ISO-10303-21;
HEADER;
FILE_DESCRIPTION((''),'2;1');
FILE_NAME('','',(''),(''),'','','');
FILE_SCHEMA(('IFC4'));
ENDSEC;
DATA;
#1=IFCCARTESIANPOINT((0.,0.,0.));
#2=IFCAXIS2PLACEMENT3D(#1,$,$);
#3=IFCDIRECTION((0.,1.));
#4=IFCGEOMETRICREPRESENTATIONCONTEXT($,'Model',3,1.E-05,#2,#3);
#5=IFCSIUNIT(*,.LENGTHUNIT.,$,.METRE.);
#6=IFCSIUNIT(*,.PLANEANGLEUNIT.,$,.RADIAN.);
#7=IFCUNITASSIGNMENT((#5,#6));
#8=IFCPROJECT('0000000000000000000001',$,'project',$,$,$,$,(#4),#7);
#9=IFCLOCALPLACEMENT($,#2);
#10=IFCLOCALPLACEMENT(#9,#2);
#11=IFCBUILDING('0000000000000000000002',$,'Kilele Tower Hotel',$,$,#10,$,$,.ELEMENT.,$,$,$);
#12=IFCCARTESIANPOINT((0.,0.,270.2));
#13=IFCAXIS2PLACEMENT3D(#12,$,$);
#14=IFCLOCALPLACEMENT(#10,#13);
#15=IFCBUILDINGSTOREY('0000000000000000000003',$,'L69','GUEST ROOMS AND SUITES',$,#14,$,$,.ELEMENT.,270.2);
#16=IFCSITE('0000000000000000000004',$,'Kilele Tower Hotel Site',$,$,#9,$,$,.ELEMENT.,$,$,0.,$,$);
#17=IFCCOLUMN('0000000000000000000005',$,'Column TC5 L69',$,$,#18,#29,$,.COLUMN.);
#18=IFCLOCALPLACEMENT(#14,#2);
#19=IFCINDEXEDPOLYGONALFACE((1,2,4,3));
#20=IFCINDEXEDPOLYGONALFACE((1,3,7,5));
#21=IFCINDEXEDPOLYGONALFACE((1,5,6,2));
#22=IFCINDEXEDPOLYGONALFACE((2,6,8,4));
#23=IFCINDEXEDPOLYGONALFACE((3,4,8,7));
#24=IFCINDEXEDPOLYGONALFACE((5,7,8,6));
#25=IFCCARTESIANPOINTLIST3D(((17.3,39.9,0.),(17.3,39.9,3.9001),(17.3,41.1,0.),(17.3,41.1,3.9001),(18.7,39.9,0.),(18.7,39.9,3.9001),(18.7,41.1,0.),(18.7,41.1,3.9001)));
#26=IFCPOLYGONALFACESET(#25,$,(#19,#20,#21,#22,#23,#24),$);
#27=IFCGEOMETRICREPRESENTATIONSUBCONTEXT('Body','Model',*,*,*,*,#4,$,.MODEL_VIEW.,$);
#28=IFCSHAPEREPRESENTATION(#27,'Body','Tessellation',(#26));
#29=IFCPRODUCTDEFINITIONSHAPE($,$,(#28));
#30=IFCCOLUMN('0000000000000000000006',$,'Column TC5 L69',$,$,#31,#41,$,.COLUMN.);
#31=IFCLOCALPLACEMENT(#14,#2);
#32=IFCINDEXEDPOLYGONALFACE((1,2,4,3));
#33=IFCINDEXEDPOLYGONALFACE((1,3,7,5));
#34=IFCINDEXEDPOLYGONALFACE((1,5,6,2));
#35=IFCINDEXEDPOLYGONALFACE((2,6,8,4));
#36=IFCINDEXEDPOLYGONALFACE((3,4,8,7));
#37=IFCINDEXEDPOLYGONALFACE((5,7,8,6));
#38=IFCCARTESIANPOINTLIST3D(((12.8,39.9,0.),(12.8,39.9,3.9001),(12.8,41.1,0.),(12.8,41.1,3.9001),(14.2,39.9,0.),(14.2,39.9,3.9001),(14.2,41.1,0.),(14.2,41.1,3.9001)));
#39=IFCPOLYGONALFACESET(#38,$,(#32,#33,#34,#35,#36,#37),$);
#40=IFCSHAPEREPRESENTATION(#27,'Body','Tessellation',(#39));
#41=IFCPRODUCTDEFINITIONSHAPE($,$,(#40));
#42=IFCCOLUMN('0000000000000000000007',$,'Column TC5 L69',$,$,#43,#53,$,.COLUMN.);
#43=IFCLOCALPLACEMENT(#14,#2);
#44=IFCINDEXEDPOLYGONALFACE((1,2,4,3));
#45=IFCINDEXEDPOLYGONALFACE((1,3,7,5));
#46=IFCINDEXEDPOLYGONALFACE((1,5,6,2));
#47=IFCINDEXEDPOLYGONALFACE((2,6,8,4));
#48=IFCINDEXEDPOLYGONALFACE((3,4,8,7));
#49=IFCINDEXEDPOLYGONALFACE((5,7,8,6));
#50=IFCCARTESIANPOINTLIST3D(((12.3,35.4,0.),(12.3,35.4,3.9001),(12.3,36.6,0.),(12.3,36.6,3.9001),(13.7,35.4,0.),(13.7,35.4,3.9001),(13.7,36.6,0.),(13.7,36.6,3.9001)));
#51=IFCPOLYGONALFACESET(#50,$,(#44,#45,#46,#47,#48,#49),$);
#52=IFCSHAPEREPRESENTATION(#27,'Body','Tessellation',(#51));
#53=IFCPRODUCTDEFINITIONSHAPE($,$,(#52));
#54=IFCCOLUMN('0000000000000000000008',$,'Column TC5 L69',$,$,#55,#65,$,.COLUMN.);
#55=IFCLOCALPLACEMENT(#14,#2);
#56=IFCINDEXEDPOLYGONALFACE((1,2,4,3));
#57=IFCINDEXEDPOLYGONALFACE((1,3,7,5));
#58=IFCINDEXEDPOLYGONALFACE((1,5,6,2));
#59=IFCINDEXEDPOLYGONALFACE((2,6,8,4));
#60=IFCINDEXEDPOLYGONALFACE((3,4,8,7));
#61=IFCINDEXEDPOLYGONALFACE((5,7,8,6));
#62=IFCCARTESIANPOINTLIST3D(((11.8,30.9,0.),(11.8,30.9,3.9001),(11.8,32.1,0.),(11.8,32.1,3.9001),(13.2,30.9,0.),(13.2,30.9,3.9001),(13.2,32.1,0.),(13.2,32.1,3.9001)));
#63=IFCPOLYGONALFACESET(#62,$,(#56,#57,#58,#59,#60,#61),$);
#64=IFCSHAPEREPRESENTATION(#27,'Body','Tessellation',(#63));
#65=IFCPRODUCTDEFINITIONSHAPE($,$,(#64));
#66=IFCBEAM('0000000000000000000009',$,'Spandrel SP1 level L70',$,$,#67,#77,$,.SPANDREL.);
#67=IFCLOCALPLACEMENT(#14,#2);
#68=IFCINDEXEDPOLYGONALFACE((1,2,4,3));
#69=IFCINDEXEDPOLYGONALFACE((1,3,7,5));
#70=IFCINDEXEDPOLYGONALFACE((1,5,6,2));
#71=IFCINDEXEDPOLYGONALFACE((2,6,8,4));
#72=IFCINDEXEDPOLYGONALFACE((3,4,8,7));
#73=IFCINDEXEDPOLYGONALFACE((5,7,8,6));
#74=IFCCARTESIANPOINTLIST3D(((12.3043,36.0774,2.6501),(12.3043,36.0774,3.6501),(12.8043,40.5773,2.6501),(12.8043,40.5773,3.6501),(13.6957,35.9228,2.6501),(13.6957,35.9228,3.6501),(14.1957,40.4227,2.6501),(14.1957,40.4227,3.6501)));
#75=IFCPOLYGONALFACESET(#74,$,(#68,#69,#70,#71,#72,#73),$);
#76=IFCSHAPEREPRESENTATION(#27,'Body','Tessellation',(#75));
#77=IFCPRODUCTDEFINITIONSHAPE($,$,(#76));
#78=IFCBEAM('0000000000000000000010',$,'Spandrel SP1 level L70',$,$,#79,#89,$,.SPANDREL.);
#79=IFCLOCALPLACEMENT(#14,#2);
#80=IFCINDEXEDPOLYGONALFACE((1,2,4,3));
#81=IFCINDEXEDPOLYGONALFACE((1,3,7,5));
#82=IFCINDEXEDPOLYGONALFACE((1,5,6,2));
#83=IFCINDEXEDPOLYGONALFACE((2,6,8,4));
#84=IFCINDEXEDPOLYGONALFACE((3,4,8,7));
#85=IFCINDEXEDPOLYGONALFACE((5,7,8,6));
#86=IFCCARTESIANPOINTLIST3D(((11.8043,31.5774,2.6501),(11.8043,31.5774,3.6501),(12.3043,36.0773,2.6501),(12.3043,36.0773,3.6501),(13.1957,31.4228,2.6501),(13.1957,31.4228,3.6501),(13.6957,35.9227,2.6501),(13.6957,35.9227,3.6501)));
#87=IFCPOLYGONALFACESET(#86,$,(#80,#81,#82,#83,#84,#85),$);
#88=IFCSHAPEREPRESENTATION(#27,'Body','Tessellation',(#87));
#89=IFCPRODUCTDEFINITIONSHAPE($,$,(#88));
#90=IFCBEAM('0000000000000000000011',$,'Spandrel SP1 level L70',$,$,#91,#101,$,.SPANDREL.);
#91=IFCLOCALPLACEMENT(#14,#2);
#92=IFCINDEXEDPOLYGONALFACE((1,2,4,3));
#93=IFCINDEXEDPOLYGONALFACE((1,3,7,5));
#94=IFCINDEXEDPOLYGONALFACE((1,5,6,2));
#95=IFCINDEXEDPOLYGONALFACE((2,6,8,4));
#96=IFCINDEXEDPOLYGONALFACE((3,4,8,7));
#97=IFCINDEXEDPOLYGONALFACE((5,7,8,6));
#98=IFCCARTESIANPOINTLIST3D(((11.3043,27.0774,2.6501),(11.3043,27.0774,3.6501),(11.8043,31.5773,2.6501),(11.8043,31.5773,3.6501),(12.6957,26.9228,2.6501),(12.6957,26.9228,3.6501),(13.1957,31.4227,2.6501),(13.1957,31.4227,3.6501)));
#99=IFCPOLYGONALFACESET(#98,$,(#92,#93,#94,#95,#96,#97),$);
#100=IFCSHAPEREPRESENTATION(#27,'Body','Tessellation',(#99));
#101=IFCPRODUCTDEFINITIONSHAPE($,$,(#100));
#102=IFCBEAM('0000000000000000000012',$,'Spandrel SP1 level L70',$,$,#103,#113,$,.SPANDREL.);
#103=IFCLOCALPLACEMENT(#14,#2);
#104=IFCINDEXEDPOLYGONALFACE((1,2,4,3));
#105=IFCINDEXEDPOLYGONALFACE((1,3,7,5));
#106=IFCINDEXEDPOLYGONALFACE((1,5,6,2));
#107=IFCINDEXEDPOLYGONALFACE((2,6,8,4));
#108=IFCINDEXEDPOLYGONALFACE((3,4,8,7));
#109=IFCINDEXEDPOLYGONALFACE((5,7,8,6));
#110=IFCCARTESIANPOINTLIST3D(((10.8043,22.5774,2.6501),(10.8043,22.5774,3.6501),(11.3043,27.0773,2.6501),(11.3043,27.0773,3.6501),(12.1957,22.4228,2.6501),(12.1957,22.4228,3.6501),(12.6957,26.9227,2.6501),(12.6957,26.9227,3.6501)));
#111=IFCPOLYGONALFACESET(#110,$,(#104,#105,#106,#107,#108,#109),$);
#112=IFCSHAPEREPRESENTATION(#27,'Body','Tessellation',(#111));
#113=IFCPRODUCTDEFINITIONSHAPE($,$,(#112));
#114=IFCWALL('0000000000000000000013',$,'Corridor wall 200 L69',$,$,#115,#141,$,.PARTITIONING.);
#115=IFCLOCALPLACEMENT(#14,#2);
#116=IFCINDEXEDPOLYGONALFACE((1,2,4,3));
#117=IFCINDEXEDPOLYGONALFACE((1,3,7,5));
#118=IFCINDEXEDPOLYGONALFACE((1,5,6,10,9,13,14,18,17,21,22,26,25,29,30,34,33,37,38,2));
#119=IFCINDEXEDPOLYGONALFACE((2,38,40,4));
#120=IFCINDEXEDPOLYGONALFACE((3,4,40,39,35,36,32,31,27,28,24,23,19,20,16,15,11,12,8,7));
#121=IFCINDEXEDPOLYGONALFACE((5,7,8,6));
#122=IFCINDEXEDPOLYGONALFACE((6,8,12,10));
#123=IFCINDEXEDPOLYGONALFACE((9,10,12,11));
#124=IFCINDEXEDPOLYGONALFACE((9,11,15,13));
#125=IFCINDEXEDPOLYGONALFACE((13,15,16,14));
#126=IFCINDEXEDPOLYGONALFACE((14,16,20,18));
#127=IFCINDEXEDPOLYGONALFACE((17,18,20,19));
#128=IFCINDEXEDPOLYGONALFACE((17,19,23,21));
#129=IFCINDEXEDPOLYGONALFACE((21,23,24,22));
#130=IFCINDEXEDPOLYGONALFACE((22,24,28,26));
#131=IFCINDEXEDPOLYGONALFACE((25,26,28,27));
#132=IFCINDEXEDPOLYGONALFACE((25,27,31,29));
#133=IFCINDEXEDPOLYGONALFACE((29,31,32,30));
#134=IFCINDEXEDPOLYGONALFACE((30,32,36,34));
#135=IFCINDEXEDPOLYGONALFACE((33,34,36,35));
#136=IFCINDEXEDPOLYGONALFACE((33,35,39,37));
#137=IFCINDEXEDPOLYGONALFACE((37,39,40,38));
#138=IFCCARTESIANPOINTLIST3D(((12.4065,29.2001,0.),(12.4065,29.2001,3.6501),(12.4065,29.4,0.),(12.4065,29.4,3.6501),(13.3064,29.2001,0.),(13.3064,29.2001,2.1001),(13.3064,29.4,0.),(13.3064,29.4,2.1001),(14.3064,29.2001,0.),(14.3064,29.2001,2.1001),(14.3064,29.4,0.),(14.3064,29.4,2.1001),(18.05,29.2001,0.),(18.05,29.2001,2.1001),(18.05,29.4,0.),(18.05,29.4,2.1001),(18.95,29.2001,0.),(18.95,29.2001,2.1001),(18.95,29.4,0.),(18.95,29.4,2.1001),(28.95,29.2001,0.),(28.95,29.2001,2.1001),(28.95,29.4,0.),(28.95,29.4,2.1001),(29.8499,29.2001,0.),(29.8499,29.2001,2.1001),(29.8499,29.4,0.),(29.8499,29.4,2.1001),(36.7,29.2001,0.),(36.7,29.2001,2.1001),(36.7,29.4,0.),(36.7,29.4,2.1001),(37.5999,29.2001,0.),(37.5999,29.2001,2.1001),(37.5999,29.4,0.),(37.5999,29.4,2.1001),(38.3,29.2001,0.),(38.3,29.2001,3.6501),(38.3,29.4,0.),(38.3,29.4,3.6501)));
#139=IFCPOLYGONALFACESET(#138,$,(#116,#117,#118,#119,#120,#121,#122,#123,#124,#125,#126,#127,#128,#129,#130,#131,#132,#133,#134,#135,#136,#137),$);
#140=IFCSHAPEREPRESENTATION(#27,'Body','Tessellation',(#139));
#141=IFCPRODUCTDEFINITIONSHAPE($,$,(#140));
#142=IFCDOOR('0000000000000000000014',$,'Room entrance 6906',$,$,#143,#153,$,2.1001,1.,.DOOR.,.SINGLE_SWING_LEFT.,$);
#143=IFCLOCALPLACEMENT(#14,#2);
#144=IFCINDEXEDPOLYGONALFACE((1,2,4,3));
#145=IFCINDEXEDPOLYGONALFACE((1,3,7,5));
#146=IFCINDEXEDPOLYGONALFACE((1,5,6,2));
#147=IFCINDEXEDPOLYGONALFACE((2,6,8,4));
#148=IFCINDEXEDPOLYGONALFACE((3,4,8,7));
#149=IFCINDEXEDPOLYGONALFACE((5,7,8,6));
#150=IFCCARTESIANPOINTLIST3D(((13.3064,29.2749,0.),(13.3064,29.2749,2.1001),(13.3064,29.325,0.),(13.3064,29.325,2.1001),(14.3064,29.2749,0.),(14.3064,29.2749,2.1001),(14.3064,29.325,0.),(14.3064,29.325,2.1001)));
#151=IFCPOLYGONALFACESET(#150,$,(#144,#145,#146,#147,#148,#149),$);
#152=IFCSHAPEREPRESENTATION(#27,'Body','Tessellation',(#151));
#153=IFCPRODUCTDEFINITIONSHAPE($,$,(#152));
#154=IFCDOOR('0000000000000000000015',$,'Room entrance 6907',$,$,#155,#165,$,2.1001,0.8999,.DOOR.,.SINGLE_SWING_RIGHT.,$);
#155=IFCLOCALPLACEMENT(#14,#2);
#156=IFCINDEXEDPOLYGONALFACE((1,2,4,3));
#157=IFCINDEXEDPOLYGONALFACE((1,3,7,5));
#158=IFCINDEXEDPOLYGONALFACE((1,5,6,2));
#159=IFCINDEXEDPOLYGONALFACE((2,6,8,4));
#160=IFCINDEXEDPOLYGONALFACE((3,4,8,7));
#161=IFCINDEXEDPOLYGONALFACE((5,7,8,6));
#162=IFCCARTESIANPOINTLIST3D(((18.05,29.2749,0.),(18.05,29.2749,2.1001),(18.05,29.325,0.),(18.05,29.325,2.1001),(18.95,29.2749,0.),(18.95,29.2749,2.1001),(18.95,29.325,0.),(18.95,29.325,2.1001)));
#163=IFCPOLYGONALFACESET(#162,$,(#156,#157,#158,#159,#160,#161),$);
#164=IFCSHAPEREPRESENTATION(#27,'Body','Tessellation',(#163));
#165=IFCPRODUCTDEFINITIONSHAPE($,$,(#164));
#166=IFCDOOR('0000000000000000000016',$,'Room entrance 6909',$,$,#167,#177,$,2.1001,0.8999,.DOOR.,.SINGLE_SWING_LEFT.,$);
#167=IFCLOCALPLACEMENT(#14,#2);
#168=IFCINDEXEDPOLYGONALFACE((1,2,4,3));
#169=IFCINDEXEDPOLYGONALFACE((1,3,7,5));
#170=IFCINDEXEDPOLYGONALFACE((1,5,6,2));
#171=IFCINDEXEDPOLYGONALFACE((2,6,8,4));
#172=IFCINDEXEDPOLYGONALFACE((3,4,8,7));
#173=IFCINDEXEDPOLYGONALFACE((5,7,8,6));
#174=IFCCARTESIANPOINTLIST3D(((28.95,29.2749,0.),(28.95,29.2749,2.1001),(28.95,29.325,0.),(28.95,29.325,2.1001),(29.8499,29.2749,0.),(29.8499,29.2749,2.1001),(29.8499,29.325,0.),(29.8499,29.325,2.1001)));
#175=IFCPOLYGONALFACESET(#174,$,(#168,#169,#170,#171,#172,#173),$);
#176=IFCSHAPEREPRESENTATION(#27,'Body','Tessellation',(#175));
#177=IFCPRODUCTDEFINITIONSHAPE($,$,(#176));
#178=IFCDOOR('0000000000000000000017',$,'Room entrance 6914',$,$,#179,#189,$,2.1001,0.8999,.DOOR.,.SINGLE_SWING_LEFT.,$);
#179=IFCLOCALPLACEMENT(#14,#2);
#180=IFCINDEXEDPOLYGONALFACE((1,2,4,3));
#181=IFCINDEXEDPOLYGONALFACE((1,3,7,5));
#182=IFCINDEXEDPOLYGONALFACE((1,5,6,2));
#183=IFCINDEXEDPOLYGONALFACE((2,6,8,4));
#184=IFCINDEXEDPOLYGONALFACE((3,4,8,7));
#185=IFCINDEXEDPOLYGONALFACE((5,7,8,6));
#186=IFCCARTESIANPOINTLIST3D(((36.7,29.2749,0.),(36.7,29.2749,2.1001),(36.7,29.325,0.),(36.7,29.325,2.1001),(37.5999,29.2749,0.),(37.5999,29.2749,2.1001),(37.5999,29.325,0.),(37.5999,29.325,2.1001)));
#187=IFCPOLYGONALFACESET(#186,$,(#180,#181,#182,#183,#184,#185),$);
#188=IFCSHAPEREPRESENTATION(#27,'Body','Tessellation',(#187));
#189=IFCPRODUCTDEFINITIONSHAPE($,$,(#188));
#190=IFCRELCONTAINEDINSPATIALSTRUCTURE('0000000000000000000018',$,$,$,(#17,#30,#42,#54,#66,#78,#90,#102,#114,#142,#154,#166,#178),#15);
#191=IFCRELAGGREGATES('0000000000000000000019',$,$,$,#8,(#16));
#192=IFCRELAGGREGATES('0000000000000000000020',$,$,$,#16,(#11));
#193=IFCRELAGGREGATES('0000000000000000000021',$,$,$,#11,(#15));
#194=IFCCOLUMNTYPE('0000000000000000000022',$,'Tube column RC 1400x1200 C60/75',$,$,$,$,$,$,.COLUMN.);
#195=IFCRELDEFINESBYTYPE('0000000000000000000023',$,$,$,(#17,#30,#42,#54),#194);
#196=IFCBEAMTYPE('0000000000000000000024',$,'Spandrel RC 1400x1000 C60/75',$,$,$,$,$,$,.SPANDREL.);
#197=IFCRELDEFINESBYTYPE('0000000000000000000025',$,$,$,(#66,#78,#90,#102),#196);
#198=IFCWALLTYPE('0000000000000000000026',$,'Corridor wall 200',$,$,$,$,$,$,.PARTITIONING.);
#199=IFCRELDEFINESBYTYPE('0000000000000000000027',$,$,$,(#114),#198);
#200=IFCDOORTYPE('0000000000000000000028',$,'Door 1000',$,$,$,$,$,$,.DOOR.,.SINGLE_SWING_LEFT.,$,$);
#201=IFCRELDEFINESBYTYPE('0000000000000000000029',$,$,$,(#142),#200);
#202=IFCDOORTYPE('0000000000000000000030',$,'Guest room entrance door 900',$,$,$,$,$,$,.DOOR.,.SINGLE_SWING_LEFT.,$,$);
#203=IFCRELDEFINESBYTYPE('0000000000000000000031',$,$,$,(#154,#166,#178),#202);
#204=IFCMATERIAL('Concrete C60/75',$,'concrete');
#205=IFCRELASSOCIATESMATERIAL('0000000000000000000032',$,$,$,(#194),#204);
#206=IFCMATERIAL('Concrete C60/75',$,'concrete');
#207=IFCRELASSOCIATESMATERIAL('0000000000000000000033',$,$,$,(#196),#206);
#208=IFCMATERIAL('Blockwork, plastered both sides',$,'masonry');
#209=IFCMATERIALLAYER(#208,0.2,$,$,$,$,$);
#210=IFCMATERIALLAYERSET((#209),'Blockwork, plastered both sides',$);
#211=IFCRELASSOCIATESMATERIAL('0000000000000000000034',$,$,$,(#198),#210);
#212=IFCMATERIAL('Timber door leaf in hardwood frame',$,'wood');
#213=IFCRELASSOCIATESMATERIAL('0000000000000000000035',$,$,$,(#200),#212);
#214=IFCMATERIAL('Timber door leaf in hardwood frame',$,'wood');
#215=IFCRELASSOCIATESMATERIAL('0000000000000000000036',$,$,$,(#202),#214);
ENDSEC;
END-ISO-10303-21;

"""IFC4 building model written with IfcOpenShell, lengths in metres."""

from ifc_helpers import new_model, si_unit, direction, frame, frame_2d, origin, origin_2d, place, context, subcontext, project, spatial, rectangle, extrude, material, layer, layer_set, material_profile, profile_set, type_object, element, fill, save


model = new_model("IFC4")

# Units and contexts
model_context = context("Model", 3, precision=1e-05, world=origin(), true_north=direction((0.0, 1.0)))
body_context = subcontext(model_context, "Body", "Model", "MODEL_VIEW")
ifc_project = project(units=[si_unit("LENGTHUNIT", "METRE"), si_unit("PLANEANGLEUNIT", "RADIAN")], contexts=[model_context])

# Site, building, storey
site_placement = place(None, origin())
site = spatial("IfcSite", under=ifc_project, at=site_placement, Name="Kilele Tower Hotel Site", CompositionType="ELEMENT", RefElevation=0.0)
building_placement = place(site_placement, origin())
building = spatial("IfcBuilding", under=site, at=building_placement, Name="Kilele Tower Hotel", CompositionType="ELEMENT")
storey_placement = place(building_placement, frame((0.0, 0.0, 270.2)))
storey = spatial("IfcBuildingStorey", under=building, at=storey_placement, Name="L69", Description="GUEST ROOMS AND SUITES", CompositionType="ELEMENT", Elevation=270.2)

# Columns
ifc_material_1 = material(Name="Concrete C60/75", Category="concrete")
ifc_material_profile_1 = material_profile(ifc_material_1, rectangle(XDim=1.3999, YDim=1.2, at=origin_2d()))
ifc_profile_set_1 = profile_set([ifc_material_profile_1], Name="Concrete C60/75")
column_type = type_object("IfcColumnType", Name="Tube column RC 1400x1200 C60/75", PredefinedType="COLUMN", material=ifc_profile_set_1)
for number, where, z_axis, x_axis, name in (
    (1, (18.0, 40.5, 0.0), (0.0, 0.0, 1.0), (1.0, 0.0, 0.0), "Column TC5 L69"),
    (2, (13.5, 40.5, 0.0), (0.0, 0.0, 1.0), (1.0, 0.0, 0.0), "Column TC5 L69"),
    (3, (13.0, 36.0, 0.0), (0.0, 0.0, 1.0), (1.0, 0.0, 0.0), "Column TC5 L69"),
    (4, (12.5, 31.5, 0.0), (0.0, 0.0, 1.0), (1.0, 0.0, 0.0), "Column TC5 L69"),
):
    element("IfcColumn", number, at=place(storey_placement, frame(where, z_axis=z_axis, x_axis=x_axis)), inside=storey, type_object=column_type, Name=name, PredefinedType="COLUMN", context=body_context, shape_type="SweptSolid", body=[
        extrude(rectangle(XDim=1.3999, YDim=1.2, at=origin_2d()), origin(), (0.0, 0.0, 1.0), 3.9001),
    ])

# Beams
ifc_material_2 = material(Name="Concrete C60/75", Category="concrete")
ifc_material_profile_2 = material_profile(ifc_material_2, rectangle(XDim=1.3999, YDim=1.0, at=origin_2d()))
ifc_profile_set_2 = profile_set([ifc_material_profile_2], Name="Concrete C60/75")
beam_type = type_object("IfcBeamType", Name="Spandrel RC 1400x1000 C60/75", PredefinedType="SPANDREL", material=ifc_profile_set_2)
for number, where, z_axis, x_axis, name in (
    (5, (13.5, 40.5, 3.1501), (-0.110432, -0.993884, 0.0), (0.993884, -0.110432, 0.0), "Spandrel SP1 level L70"),
    (6, (13.0, 36.0, 3.1501), (-0.110432, -0.993884, 0.0), (0.993884, -0.110432, 0.0), "Spandrel SP1 level L70"),
    (7, (12.5, 31.5, 3.1501), (-0.110432, -0.993884, 0.0), (0.993884, -0.110432, 0.0), "Spandrel SP1 level L70"),
    (8, (12.0, 27.0, 3.1501), (-0.110432, -0.993884, 0.0), (0.993884, -0.110432, 0.0), "Spandrel SP1 level L70"),
):
    element("IfcBeam", number, at=place(storey_placement, frame(where, z_axis=z_axis, x_axis=x_axis)), inside=storey, type_object=beam_type, Name=name, PredefinedType="SPANDREL", context=body_context, shape_type="SweptSolid", body=[
        extrude(rectangle(XDim=1.3999, YDim=1.0, at=origin_2d()), origin(), (0.0, 0.0, 1.0), 4.5276),
    ])

# Wall, openings, doors
ifc_material_3 = material(Name="Blockwork, plastered both sides", Category="masonry")
ifc_layer_1 = layer(ifc_material_3, 0.2)
ifc_layer_set_1 = layer_set([ifc_layer_1], Name="Blockwork, plastered both sides")
wall_type_1 = type_object("IfcWallType", Name="Corridor wall 200", PredefinedType="PARTITIONING", material=ifc_layer_set_1)
wall_1_placement = place(storey_placement, frame((12.4065, 29.3, 0.0), z_axis=(0.0, 0.0, 1.0), x_axis=(1.0, 0.0, 0.0)))
wall_1 = element("IfcWall", 9, at=wall_1_placement, inside=storey, type_object=wall_type_1, Name="Corridor wall 200 L69", PredefinedType="PARTITIONING", context=body_context, shape_type="SweptSolid", body=[
    extrude(rectangle(XDim=25.8936, YDim=0.2, at=frame_2d((12.9468, 0.0))), origin(), (0.0, 0.0, 1.0), 3.6501),
])
opening_1_placement = place(wall_1_placement, frame((0.8999, 0.0, 0.0)))
opening_1 = element("IfcOpeningElement", 10, at=opening_1_placement, cuts=wall_1, PredefinedType="OPENING", context=body_context, shape_type="SweptSolid", body=[
    extrude(rectangle(XDim=1.0, YDim=2.1001, at=frame_2d((0.5, 1.05))), frame((0.0, 0.1099, 0.0), z_axis=(0.0, -1.0, 0.0), x_axis=(1.0, 0.0, 0.0)), (0.0, 0.0, 1.0), 0.22),
])
opening_2_placement = place(wall_1_placement, frame((5.6436, 0.0, 0.0)))
opening_2 = element("IfcOpeningElement", 11, at=opening_2_placement, cuts=wall_1, PredefinedType="OPENING", context=body_context, shape_type="SweptSolid", body=[
    extrude(rectangle(XDim=0.8999, YDim=2.1001, at=frame_2d((0.45, 1.05))), frame((0.0, 0.1099, 0.0), z_axis=(0.0, -1.0, 0.0), x_axis=(1.0, 0.0, 0.0)), (0.0, 0.0, 1.0), 0.22),
])
opening_3_placement = place(wall_1_placement, frame((16.5435, 0.0, 0.0)))
opening_3 = element("IfcOpeningElement", 12, at=opening_3_placement, cuts=wall_1, PredefinedType="OPENING", context=body_context, shape_type="SweptSolid", body=[
    extrude(rectangle(XDim=0.8999, YDim=2.1001, at=frame_2d((0.45, 1.05))), frame((0.0, 0.1099, 0.0), z_axis=(0.0, -1.0, 0.0), x_axis=(1.0, 0.0, 0.0)), (0.0, 0.0, 1.0), 0.22),
])
opening_4_placement = place(wall_1_placement, frame((24.2935, 0.0, 0.0)))
opening_4 = element("IfcOpeningElement", 13, at=opening_4_placement, cuts=wall_1, PredefinedType="OPENING", context=body_context, shape_type="SweptSolid", body=[
    extrude(rectangle(XDim=0.8999, YDim=2.1001, at=frame_2d((0.45, 1.05))), frame((0.0, 0.1099, 0.0), z_axis=(0.0, -1.0, 0.0), x_axis=(1.0, 0.0, 0.0)), (0.0, 0.0, 1.0), 0.22),
])
ifc_material_4 = material(Name="Timber door leaf in hardwood frame", Category="wood")
door_type_1 = type_object("IfcDoorType", Name="Door 1000", OperationType="SINGLE_SWING_LEFT", PredefinedType="DOOR", material=ifc_material_4)
door_1_placement = place(opening_1_placement, origin())
door_1 = element("IfcDoor", 14, at=door_1_placement, inside=storey, type_object=door_type_1, Name="Room entrance 6906", OperationType="SINGLE_SWING_LEFT", OverallHeight=2.1001, OverallWidth=1.0, PredefinedType="DOOR", context=body_context, shape_type="SweptSolid", body=[
    extrude(rectangle(XDim=1.0, YDim=2.1001, at=frame_2d((0.5, 1.05))), frame((0.0, 0.0249, 0.0), z_axis=(0.0, -1.0, 0.0), x_axis=(1.0, 0.0, 0.0)), (0.0, 0.0, 1.0), 0.05),
])
fill(opening_1, door_1)
ifc_material_5 = material(Name="Timber door leaf in hardwood frame", Category="wood")
door_type_2 = type_object("IfcDoorType", Name="Guest room entrance door 900", OperationType="SINGLE_SWING_LEFT", PredefinedType="DOOR", material=ifc_material_5)
door_2_placement = place(opening_2_placement, origin())
door_2 = element("IfcDoor", 15, at=door_2_placement, inside=storey, type_object=door_type_2, Name="Room entrance 6907", OperationType="SINGLE_SWING_RIGHT", OverallHeight=2.1001, OverallWidth=0.8999, PredefinedType="DOOR", context=body_context, shape_type="SweptSolid", body=[
    extrude(rectangle(XDim=0.8999, YDim=2.1001, at=frame_2d((0.45, 1.05))), frame((0.0, 0.0249, 0.0), z_axis=(0.0, -1.0, 0.0), x_axis=(1.0, 0.0, 0.0)), (0.0, 0.0, 1.0), 0.05),
])
fill(opening_2, door_2)
door_3_placement = place(opening_3_placement, origin())
door_3 = element("IfcDoor", 16, at=door_3_placement, inside=storey, type_object=door_type_2, Name="Room entrance 6909", OperationType="SINGLE_SWING_LEFT", OverallHeight=2.1001, OverallWidth=0.8999, PredefinedType="DOOR", context=body_context, shape_type="SweptSolid", body=[
    extrude(rectangle(XDim=0.8999, YDim=2.1001, at=frame_2d((0.45, 1.05))), frame((0.0, 0.0249, 0.0), z_axis=(0.0, -1.0, 0.0), x_axis=(1.0, 0.0, 0.0)), (0.0, 0.0, 1.0), 0.05),
])
fill(opening_3, door_3)
door_4_placement = place(opening_4_placement, origin())
door_4 = element("IfcDoor", 17, at=door_4_placement, inside=storey, type_object=door_type_2, Name="Room entrance 6914", OperationType="SINGLE_SWING_LEFT", OverallHeight=2.1001, OverallWidth=0.8999, PredefinedType="DOOR", context=body_context, shape_type="SweptSolid", body=[
    extrude(rectangle(XDim=0.8999, YDim=2.1001, at=frame_2d((0.45, 1.05))), frame((0.0, 0.0249, 0.0), z_axis=(0.0, -1.0, 0.0), x_axis=(1.0, 0.0, 0.0)), (0.0, 0.0, 1.0), 0.05),
])
fill(opening_4, door_4)

save(model, "model.ifc")
